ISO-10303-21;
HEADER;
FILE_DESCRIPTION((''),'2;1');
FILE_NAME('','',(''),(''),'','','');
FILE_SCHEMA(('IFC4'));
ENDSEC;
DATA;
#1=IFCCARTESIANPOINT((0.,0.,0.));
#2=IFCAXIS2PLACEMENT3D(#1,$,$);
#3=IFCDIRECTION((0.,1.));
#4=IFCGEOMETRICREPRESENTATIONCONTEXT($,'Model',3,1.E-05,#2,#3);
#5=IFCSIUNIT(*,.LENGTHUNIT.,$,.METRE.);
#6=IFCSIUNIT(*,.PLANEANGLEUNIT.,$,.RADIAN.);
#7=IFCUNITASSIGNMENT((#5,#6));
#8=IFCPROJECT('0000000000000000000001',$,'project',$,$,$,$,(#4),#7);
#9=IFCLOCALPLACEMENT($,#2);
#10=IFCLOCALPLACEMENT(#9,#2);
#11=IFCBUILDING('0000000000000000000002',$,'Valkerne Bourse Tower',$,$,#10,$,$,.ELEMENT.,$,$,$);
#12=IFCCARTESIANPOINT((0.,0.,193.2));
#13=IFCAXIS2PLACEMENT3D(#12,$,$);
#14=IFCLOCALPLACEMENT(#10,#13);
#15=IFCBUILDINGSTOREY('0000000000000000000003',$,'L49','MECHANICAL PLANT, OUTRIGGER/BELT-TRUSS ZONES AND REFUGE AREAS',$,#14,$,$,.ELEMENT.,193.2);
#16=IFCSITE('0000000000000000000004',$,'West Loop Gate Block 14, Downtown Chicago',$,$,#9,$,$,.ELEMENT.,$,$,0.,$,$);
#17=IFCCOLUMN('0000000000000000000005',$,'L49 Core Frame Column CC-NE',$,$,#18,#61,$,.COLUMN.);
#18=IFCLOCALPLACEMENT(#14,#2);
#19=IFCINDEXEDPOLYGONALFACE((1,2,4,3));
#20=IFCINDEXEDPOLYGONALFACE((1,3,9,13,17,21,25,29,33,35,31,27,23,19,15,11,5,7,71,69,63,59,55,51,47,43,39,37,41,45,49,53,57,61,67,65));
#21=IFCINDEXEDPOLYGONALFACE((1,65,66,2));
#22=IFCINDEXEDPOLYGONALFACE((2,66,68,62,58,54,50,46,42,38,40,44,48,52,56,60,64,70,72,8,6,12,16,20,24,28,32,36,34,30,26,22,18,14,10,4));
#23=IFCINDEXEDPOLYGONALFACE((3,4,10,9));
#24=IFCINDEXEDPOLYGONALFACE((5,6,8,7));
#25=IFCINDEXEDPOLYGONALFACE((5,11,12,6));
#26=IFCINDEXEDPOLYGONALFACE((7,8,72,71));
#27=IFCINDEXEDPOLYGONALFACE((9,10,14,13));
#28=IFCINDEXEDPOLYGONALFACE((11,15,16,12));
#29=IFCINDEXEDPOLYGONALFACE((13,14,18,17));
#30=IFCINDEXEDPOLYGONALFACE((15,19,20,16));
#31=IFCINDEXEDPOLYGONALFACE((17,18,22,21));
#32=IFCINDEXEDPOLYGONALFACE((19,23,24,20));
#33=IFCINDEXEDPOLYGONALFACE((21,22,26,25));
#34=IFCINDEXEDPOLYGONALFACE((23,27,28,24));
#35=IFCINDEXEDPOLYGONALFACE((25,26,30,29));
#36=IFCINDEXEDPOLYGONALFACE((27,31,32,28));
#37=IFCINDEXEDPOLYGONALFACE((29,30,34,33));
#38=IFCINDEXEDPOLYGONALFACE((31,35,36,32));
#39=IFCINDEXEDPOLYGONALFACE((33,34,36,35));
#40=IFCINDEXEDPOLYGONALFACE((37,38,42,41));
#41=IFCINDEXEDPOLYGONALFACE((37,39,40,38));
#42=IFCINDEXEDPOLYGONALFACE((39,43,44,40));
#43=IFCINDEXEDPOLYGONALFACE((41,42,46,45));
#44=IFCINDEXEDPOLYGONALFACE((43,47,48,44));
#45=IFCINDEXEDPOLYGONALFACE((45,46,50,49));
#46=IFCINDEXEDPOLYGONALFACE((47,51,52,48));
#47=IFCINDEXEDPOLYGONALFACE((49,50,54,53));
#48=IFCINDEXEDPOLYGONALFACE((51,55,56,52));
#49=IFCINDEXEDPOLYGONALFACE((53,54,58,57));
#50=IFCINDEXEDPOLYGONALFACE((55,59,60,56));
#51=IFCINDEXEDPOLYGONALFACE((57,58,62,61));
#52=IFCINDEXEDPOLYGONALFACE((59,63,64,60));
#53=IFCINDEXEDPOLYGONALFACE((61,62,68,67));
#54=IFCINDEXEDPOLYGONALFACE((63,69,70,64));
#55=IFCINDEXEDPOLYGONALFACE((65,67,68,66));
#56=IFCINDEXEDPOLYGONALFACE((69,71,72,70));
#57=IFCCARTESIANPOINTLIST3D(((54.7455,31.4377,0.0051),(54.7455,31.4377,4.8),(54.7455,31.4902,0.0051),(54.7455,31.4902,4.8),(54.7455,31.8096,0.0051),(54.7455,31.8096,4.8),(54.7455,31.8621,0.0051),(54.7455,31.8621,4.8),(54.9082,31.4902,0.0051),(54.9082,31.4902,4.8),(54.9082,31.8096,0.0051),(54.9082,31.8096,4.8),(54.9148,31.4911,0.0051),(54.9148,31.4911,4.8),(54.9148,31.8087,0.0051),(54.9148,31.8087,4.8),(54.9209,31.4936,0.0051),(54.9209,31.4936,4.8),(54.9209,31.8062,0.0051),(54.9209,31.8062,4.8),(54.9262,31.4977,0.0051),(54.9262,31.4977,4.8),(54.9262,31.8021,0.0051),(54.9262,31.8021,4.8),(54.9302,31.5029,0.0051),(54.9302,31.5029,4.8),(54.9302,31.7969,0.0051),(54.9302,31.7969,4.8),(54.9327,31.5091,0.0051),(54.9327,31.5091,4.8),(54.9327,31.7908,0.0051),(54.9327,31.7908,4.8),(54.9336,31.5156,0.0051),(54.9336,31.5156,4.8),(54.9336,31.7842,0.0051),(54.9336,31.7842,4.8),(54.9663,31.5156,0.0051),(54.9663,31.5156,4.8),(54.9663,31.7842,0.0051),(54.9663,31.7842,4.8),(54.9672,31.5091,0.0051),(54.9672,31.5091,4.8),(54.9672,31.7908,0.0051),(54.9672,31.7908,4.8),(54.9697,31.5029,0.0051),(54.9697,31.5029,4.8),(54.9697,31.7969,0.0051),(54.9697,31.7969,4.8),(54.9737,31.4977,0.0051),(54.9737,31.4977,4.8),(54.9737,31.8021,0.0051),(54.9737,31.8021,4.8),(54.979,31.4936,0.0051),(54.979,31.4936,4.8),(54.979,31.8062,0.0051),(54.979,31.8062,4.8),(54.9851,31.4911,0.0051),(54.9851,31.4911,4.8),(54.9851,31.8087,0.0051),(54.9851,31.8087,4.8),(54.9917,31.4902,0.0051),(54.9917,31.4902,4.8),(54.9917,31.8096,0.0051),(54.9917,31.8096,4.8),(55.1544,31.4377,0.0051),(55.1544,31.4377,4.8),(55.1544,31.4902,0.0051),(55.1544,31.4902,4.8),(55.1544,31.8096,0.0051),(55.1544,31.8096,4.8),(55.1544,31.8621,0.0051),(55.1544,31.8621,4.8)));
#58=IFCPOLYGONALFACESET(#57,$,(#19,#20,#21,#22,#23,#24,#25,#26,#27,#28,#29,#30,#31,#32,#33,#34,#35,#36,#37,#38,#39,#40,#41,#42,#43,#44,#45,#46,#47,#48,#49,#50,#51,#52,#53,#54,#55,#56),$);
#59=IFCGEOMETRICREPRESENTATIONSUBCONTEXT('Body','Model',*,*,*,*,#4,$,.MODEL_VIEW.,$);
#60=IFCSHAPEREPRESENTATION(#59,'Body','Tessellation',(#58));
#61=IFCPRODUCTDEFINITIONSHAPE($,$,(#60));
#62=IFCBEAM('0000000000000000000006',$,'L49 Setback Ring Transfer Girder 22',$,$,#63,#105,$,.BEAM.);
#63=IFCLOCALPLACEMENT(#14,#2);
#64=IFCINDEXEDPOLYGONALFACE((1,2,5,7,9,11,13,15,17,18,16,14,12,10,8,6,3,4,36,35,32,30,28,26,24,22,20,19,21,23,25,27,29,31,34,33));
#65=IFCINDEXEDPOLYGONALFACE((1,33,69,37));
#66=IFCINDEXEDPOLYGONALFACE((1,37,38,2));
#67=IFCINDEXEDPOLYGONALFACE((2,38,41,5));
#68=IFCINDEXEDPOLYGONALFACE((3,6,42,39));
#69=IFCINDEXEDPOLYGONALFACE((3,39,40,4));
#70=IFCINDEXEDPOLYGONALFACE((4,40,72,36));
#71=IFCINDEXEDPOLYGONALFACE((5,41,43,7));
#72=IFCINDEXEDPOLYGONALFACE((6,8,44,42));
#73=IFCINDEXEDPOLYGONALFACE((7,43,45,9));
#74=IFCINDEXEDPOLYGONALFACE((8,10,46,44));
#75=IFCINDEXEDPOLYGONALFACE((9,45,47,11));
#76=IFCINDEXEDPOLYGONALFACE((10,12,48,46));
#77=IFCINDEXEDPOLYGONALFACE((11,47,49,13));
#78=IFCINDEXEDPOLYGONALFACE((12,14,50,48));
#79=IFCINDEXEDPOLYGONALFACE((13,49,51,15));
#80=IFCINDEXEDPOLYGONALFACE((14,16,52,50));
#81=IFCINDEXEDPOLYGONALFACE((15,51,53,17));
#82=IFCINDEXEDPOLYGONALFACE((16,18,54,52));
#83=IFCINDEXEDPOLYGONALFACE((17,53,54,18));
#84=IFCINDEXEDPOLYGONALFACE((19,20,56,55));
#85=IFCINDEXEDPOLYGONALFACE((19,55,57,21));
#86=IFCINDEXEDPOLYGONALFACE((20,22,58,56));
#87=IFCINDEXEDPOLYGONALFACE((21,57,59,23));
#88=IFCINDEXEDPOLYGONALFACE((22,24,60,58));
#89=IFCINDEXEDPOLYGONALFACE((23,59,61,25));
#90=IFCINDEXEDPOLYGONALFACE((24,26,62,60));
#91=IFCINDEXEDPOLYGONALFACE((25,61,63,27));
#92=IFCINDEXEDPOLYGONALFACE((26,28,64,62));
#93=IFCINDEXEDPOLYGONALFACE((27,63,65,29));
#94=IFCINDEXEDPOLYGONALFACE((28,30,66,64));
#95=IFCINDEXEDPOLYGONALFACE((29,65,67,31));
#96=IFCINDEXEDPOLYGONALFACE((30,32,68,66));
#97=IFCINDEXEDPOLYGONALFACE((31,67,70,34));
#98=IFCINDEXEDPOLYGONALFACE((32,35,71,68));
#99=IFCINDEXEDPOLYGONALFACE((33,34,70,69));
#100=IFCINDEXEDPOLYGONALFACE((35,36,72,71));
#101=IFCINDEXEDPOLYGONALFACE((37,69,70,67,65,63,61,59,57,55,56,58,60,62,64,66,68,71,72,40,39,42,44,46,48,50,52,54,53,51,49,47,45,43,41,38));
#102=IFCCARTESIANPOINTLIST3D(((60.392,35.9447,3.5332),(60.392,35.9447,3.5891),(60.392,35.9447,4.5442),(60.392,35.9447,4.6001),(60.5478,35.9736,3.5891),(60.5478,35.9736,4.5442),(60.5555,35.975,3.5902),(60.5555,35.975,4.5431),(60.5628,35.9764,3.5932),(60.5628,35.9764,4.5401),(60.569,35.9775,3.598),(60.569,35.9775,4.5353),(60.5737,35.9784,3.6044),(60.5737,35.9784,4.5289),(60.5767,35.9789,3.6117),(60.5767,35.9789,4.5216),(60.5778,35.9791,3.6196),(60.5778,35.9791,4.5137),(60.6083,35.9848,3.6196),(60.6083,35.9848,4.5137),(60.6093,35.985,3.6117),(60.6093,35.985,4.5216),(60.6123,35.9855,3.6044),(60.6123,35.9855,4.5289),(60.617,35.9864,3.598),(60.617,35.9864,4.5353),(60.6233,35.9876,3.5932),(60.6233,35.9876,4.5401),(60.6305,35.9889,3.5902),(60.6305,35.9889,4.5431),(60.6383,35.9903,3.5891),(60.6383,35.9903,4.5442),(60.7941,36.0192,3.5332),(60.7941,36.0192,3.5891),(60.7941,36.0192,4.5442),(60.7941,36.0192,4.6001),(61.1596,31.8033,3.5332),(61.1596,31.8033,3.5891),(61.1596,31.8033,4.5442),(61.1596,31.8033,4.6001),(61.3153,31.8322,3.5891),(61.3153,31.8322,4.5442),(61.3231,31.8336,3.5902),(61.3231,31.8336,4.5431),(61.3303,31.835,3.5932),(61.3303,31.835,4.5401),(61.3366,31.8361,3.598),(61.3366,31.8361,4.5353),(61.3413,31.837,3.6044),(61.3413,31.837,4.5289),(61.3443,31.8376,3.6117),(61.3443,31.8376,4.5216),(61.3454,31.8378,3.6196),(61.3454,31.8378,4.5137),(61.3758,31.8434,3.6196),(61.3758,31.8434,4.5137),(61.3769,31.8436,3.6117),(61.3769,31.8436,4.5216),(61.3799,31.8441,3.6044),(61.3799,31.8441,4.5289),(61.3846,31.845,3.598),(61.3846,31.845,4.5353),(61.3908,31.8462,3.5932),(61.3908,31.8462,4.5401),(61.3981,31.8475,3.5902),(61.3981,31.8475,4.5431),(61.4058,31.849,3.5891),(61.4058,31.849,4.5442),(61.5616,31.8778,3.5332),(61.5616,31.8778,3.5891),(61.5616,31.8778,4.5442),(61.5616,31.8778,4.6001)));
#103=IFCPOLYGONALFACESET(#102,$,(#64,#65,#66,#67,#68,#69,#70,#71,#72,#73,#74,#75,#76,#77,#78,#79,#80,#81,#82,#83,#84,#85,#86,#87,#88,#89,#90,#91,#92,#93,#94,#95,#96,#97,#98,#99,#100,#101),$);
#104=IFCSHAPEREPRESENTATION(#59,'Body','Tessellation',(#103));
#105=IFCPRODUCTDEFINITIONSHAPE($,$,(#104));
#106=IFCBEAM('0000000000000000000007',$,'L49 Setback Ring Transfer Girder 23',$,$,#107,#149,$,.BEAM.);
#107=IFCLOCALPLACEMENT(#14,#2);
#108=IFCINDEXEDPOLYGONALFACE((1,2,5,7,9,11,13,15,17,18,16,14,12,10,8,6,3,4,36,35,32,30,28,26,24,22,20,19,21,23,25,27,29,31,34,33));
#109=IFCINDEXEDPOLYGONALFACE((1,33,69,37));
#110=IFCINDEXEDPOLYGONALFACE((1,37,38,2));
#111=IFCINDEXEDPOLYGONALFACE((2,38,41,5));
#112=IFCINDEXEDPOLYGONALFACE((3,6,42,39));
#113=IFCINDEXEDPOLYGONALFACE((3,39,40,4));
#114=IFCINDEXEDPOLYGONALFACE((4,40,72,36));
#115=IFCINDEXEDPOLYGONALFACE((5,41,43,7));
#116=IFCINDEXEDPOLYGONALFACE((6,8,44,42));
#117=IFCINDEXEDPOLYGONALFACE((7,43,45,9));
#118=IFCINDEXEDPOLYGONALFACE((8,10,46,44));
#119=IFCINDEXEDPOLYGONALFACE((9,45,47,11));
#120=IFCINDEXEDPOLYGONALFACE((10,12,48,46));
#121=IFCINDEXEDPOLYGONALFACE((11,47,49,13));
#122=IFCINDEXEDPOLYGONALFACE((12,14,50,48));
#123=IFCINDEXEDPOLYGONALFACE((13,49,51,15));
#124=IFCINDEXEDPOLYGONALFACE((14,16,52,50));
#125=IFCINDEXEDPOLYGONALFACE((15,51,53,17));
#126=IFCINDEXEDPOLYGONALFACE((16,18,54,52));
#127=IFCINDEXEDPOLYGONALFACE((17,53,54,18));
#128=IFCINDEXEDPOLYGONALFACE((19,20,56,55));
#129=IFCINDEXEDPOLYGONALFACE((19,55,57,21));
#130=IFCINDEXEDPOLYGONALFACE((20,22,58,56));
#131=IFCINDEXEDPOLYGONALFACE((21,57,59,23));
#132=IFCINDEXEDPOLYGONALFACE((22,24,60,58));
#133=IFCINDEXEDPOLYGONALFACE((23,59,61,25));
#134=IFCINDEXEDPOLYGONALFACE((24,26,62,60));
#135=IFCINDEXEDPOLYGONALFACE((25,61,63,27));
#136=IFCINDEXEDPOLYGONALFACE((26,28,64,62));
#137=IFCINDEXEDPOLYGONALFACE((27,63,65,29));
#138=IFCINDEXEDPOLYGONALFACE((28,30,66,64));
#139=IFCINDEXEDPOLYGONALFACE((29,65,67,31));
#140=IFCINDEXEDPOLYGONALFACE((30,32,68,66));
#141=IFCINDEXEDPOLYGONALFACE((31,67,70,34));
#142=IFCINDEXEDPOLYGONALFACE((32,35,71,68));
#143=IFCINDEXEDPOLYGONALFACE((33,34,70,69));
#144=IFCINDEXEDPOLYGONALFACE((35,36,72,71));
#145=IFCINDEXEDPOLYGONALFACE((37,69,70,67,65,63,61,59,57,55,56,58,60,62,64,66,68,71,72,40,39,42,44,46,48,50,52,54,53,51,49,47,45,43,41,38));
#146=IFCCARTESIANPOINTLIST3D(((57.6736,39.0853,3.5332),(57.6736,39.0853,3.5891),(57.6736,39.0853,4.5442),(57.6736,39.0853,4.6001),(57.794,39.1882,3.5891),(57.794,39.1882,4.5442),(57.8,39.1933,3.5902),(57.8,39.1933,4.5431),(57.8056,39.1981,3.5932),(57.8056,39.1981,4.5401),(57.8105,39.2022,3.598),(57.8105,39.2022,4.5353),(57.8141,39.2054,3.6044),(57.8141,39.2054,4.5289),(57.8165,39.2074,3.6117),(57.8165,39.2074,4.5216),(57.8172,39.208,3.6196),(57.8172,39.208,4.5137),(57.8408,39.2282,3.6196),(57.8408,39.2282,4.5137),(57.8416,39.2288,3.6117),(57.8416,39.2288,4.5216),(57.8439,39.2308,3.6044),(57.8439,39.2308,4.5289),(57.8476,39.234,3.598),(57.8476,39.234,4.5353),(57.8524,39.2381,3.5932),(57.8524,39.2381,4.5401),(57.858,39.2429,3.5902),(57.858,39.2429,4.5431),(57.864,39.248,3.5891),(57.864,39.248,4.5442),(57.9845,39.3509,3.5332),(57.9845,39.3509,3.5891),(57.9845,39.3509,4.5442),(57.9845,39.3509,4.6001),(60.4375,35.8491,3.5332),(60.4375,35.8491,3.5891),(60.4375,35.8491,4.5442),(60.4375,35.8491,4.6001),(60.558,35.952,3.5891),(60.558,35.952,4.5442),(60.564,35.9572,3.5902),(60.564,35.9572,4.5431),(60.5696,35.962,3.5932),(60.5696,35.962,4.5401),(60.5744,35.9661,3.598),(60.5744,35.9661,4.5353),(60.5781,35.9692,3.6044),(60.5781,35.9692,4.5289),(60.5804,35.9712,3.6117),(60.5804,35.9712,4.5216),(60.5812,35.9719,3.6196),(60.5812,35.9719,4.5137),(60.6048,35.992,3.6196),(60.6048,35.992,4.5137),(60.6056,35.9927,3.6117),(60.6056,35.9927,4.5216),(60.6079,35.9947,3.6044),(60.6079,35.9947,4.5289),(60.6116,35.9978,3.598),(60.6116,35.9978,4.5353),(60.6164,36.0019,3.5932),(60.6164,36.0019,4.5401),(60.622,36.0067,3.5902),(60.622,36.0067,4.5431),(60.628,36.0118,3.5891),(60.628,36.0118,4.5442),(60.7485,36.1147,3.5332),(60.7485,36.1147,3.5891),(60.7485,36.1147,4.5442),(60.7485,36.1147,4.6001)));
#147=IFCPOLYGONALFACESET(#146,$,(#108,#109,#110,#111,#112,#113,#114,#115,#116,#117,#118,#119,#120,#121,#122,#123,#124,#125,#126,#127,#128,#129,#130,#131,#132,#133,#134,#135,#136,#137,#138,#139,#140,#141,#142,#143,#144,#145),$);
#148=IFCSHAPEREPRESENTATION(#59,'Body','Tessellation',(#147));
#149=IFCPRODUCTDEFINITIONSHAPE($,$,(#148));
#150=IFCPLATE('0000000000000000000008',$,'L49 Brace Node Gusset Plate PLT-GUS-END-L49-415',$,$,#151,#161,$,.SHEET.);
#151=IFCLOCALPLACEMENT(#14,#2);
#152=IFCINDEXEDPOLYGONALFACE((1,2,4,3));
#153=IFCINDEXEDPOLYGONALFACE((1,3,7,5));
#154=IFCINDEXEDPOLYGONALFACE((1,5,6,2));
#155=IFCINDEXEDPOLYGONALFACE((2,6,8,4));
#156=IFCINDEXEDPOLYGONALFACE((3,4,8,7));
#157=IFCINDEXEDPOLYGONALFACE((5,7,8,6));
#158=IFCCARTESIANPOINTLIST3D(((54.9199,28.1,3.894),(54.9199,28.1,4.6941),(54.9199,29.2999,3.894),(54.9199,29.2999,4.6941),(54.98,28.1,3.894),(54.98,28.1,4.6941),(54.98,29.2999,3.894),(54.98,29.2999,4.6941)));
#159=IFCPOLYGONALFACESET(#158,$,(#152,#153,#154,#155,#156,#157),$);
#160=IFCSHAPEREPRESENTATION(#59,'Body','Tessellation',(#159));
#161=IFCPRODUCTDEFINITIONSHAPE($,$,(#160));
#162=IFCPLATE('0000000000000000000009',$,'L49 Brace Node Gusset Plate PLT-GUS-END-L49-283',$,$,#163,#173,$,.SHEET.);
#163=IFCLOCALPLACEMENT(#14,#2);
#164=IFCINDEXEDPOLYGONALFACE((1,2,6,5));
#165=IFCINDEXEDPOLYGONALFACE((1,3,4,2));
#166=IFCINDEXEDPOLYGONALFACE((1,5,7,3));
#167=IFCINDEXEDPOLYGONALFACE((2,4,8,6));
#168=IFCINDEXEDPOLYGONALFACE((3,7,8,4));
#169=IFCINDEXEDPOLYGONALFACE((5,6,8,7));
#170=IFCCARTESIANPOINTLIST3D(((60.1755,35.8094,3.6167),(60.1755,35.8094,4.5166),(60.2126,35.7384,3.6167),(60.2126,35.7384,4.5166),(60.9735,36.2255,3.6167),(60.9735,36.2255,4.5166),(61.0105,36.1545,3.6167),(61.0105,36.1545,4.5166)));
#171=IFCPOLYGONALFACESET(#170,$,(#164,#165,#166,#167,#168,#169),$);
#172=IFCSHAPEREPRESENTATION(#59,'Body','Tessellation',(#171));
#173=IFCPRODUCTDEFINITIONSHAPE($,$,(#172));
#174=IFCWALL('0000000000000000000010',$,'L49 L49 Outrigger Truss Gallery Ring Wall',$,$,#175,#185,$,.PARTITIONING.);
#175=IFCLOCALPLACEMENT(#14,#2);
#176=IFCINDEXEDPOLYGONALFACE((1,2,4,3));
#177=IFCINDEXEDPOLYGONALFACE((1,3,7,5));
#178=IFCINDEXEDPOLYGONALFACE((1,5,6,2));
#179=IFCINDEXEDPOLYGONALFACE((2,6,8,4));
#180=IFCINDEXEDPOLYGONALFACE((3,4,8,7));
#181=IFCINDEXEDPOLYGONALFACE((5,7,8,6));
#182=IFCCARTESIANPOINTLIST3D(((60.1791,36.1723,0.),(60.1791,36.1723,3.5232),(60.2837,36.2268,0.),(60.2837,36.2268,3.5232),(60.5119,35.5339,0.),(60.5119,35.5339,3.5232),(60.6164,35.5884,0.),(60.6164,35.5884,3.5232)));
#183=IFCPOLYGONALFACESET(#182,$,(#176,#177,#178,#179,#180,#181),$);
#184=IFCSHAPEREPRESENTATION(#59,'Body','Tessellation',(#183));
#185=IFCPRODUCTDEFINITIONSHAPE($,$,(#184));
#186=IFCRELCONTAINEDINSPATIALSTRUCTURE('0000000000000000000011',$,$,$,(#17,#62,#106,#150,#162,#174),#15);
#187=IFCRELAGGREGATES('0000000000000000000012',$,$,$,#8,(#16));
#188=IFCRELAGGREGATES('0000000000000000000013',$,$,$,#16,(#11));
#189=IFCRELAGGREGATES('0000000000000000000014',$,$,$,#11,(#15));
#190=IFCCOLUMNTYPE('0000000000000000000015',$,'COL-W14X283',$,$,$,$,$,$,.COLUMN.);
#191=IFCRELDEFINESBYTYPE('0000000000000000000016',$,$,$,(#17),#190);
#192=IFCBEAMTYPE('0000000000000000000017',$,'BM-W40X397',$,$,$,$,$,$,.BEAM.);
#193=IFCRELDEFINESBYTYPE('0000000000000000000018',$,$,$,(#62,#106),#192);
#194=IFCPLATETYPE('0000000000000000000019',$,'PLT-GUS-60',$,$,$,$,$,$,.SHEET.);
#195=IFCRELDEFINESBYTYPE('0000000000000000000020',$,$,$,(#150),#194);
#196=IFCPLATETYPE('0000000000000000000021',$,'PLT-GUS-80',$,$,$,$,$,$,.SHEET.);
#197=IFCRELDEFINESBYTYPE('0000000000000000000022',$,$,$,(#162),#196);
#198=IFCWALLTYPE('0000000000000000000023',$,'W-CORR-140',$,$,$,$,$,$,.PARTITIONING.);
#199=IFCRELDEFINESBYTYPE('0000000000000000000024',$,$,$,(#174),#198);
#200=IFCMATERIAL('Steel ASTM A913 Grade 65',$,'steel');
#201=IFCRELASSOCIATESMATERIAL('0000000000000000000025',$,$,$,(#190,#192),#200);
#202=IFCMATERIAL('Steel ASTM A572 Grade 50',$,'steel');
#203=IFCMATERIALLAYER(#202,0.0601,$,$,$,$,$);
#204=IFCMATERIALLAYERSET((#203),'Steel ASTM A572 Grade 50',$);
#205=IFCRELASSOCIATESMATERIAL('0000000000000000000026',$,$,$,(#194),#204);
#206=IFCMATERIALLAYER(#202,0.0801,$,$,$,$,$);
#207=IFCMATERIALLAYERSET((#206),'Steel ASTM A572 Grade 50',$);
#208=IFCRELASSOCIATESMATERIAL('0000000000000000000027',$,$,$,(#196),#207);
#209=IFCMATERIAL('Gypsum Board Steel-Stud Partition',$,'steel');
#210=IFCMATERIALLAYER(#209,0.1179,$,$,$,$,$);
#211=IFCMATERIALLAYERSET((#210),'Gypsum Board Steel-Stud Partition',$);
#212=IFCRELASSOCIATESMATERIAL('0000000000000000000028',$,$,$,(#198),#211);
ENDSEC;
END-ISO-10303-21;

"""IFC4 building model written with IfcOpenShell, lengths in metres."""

from ifc_helpers import new_model, si_unit, direction, frame, frame_2d, origin, origin_2d, place, context, subcontext, project, spatial, rectangle, i_section, extrude, material, layer, layer_set, material_profile, profile_set, type_object, element, save


model = new_model("IFC4")

# Units and contexts
model_context = context("Model", 3, precision=1e-05, world=origin(), true_north=direction((0.0, 1.0)))
body_context = subcontext(model_context, "Body", "Model", "MODEL_VIEW")
ifc_project = project(units=[si_unit("LENGTHUNIT", "METRE"), si_unit("PLANEANGLEUNIT", "RADIAN")], contexts=[model_context])

# Site, building, storey
site_placement = place(None, origin())
site = spatial("IfcSite", under=ifc_project, at=site_placement, Name="West Loop Gate Block 14, Downtown Chicago", CompositionType="ELEMENT", RefElevation=0.0)
building_placement = place(site_placement, origin())
building = spatial("IfcBuilding", under=site, at=building_placement, Name="Valkerne Bourse Tower", CompositionType="ELEMENT")
storey_placement = place(building_placement, frame((0.0, 0.0, 193.2)))
storey = spatial("IfcBuildingStorey", under=building, at=storey_placement, Name="L49", Description="MECHANICAL PLANT, OUTRIGGER/BELT-TRUSS ZONES AND REFUGE AREAS", CompositionType="ELEMENT", Elevation=193.2)

# Column
ifc_material_1 = material(Name="Steel ASTM A913 Grade 65", Category="steel")
ifc_material_profile_1 = material_profile(ifc_material_1, i_section(OverallWidth=0.4089, OverallDepth=0.4243, WebThickness=0.0327, FlangeThickness=0.0525, FilletRadius=0.0254, at=origin_2d()), Name="W14X283")
ifc_profile_set_1 = profile_set([ifc_material_profile_1], Name="Steel ASTM A913 Grade 65")
column_type = type_object("IfcColumnType", Name="COL-W14X283", PredefinedType="COLUMN", material=ifc_profile_set_1)
column_placement = place(storey_placement, frame((54.95, 31.6499, 0.0051), z_axis=(0.0, 0.0, 1.0), x_axis=(1.0, 0.0, 0.0)))
element("IfcColumn", 1, at=column_placement, inside=storey, type_object=column_type, Name="L49 Core Frame Column CC-NE", PredefinedType="COLUMN", context=body_context, shape_type="SweptSolid", body=[
    extrude(i_section(OverallWidth=0.4089, OverallDepth=0.4243, WebThickness=0.0327, FlangeThickness=0.0525, FilletRadius=0.0254, at=origin_2d()), origin(), (0.0, 0.0, 1.0), 4.7949),
])

# Beams
ifc_material_profile_2 = material_profile(ifc_material_1, i_section(OverallWidth=0.4089, OverallDepth=1.0669, WebThickness=0.031, FlangeThickness=0.0559, FilletRadius=0.0305, at=origin_2d()), Name="W40X397")
ifc_profile_set_2 = profile_set([ifc_material_profile_2], Name="Steel ASTM A913 Grade 65")
beam_type = type_object("IfcBeamType", Name="BM-W40X397", PredefinedType="BEAM", material=ifc_profile_set_2)
beam_1_placement = place(storey_placement, frame((61.3606, 31.8406, 4.0667), z_axis=(-0.182241, 0.983254, 0.0), x_axis=(-0.983254, -0.182241, 0.0)))
element("IfcBeam", 2, at=beam_1_placement, inside=storey, type_object=beam_type, Name="L49 Setback Ring Transfer Girder 22", PredefinedType="BEAM", context=body_context, shape_type="SweptSolid", body=[
    extrude(i_section(OverallWidth=0.4089, OverallDepth=1.0669, WebThickness=0.031, FlangeThickness=0.0559, FilletRadius=0.0305, at=origin_2d()), origin(), (0.0, 0.0, 1.0), 4.2119),
])
beam_2_placement = place(storey_placement, frame((60.593, 35.9819, 4.0667), z_axis=(-0.649453, 0.760401, 0.0), x_axis=(-0.760401, -0.649453, 0.0)))
element("IfcBeam", 3, at=beam_2_placement, inside=storey, type_object=beam_type, Name="L49 Setback Ring Transfer Girder 23", PredefinedType="BEAM", context=body_context, shape_type="SweptSolid", body=[
    extrude(i_section(OverallWidth=0.4089, OverallDepth=1.0669, WebThickness=0.031, FlangeThickness=0.0559, FilletRadius=0.0305, at=origin_2d()), origin(), (0.0, 0.0, 1.0), 4.2559),
])

# Plates
ifc_material_2 = material(Name="Steel ASTM A572 Grade 50", Category="steel")
ifc_layer_1 = layer(ifc_material_2, 0.0601)
ifc_layer_set_1 = layer_set([ifc_layer_1], Name="Steel ASTM A572 Grade 50")
plate_type_1 = type_object("IfcPlateType", Name="PLT-GUS-60", PredefinedType="SHEET", material=ifc_layer_set_1)
plate_1_placement = place(storey_placement, frame((54.95, 28.7, 3.894), z_axis=(0.0, 0.0, 1.0), x_axis=(0.0, 1.0, 0.0)))
element("IfcPlate", 4, at=plate_1_placement, inside=storey, type_object=plate_type_1, Name="L49 Brace Node Gusset Plate PLT-GUS-END-L49-415", PredefinedType="SHEET", context=body_context, shape_type="SweptSolid", body=[
    extrude(rectangle(XDim=1.2, YDim=0.0601, at=origin_2d()), origin(), (0.0, 0.0, 1.0), 0.8),
])
ifc_layer_2 = layer(ifc_material_2, 0.0801)
ifc_layer_set_2 = layer_set([ifc_layer_2], Name="Steel ASTM A572 Grade 50")
plate_type_2 = type_object("IfcPlateType", Name="PLT-GUS-80", PredefinedType="SHEET", material=ifc_layer_set_2)
plate_2_placement = place(storey_placement, frame((60.593, 35.9819, 3.6167), z_axis=(0.0, 0.0, 1.0), x_axis=(-0.886688, -0.462368, 0.0)))
element("IfcPlate", 5, at=plate_2_placement, inside=storey, type_object=plate_type_2, Name="L49 Brace Node Gusset Plate PLT-GUS-END-L49-283", PredefinedType="SHEET", context=body_context, shape_type="SweptSolid", body=[
    extrude(rectangle(XDim=0.8999, YDim=0.0801, at=origin_2d()), origin(), (0.0, 0.0, 1.0), 0.8999),
])

# Wall
ifc_material_3 = material(Name="Gypsum Board Steel-Stud Partition", Category="steel")
ifc_layer_3 = layer(ifc_material_3, 0.1179)
ifc_layer_set_3 = layer_set([ifc_layer_3], Name="Gypsum Board Steel-Stud Partition")
wall_type_1 = type_object("IfcWallType", Name="W-CORR-140", PredefinedType="PARTITIONING", material=ifc_layer_set_3)
wall_1_placement = place(storey_placement, frame((60.2314, 36.1995, 0.0), z_axis=(0.0, 0.0, 1.0), x_axis=(0.462207, -0.886772, 0.0)))
element("IfcWall", 6, at=wall_1_placement, inside=storey, type_object=wall_type_1, Name="L49 L49 Outrigger Truss Gallery Ring Wall", PredefinedType="PARTITIONING", context=body_context, shape_type="SweptSolid", body=[
    extrude(rectangle(XDim=0.72, YDim=0.1179, at=frame_2d((0.3599, 0.0))), origin(), (0.0, 0.0, 1.0), 3.5232),
])

save(model, "model.ifc")
